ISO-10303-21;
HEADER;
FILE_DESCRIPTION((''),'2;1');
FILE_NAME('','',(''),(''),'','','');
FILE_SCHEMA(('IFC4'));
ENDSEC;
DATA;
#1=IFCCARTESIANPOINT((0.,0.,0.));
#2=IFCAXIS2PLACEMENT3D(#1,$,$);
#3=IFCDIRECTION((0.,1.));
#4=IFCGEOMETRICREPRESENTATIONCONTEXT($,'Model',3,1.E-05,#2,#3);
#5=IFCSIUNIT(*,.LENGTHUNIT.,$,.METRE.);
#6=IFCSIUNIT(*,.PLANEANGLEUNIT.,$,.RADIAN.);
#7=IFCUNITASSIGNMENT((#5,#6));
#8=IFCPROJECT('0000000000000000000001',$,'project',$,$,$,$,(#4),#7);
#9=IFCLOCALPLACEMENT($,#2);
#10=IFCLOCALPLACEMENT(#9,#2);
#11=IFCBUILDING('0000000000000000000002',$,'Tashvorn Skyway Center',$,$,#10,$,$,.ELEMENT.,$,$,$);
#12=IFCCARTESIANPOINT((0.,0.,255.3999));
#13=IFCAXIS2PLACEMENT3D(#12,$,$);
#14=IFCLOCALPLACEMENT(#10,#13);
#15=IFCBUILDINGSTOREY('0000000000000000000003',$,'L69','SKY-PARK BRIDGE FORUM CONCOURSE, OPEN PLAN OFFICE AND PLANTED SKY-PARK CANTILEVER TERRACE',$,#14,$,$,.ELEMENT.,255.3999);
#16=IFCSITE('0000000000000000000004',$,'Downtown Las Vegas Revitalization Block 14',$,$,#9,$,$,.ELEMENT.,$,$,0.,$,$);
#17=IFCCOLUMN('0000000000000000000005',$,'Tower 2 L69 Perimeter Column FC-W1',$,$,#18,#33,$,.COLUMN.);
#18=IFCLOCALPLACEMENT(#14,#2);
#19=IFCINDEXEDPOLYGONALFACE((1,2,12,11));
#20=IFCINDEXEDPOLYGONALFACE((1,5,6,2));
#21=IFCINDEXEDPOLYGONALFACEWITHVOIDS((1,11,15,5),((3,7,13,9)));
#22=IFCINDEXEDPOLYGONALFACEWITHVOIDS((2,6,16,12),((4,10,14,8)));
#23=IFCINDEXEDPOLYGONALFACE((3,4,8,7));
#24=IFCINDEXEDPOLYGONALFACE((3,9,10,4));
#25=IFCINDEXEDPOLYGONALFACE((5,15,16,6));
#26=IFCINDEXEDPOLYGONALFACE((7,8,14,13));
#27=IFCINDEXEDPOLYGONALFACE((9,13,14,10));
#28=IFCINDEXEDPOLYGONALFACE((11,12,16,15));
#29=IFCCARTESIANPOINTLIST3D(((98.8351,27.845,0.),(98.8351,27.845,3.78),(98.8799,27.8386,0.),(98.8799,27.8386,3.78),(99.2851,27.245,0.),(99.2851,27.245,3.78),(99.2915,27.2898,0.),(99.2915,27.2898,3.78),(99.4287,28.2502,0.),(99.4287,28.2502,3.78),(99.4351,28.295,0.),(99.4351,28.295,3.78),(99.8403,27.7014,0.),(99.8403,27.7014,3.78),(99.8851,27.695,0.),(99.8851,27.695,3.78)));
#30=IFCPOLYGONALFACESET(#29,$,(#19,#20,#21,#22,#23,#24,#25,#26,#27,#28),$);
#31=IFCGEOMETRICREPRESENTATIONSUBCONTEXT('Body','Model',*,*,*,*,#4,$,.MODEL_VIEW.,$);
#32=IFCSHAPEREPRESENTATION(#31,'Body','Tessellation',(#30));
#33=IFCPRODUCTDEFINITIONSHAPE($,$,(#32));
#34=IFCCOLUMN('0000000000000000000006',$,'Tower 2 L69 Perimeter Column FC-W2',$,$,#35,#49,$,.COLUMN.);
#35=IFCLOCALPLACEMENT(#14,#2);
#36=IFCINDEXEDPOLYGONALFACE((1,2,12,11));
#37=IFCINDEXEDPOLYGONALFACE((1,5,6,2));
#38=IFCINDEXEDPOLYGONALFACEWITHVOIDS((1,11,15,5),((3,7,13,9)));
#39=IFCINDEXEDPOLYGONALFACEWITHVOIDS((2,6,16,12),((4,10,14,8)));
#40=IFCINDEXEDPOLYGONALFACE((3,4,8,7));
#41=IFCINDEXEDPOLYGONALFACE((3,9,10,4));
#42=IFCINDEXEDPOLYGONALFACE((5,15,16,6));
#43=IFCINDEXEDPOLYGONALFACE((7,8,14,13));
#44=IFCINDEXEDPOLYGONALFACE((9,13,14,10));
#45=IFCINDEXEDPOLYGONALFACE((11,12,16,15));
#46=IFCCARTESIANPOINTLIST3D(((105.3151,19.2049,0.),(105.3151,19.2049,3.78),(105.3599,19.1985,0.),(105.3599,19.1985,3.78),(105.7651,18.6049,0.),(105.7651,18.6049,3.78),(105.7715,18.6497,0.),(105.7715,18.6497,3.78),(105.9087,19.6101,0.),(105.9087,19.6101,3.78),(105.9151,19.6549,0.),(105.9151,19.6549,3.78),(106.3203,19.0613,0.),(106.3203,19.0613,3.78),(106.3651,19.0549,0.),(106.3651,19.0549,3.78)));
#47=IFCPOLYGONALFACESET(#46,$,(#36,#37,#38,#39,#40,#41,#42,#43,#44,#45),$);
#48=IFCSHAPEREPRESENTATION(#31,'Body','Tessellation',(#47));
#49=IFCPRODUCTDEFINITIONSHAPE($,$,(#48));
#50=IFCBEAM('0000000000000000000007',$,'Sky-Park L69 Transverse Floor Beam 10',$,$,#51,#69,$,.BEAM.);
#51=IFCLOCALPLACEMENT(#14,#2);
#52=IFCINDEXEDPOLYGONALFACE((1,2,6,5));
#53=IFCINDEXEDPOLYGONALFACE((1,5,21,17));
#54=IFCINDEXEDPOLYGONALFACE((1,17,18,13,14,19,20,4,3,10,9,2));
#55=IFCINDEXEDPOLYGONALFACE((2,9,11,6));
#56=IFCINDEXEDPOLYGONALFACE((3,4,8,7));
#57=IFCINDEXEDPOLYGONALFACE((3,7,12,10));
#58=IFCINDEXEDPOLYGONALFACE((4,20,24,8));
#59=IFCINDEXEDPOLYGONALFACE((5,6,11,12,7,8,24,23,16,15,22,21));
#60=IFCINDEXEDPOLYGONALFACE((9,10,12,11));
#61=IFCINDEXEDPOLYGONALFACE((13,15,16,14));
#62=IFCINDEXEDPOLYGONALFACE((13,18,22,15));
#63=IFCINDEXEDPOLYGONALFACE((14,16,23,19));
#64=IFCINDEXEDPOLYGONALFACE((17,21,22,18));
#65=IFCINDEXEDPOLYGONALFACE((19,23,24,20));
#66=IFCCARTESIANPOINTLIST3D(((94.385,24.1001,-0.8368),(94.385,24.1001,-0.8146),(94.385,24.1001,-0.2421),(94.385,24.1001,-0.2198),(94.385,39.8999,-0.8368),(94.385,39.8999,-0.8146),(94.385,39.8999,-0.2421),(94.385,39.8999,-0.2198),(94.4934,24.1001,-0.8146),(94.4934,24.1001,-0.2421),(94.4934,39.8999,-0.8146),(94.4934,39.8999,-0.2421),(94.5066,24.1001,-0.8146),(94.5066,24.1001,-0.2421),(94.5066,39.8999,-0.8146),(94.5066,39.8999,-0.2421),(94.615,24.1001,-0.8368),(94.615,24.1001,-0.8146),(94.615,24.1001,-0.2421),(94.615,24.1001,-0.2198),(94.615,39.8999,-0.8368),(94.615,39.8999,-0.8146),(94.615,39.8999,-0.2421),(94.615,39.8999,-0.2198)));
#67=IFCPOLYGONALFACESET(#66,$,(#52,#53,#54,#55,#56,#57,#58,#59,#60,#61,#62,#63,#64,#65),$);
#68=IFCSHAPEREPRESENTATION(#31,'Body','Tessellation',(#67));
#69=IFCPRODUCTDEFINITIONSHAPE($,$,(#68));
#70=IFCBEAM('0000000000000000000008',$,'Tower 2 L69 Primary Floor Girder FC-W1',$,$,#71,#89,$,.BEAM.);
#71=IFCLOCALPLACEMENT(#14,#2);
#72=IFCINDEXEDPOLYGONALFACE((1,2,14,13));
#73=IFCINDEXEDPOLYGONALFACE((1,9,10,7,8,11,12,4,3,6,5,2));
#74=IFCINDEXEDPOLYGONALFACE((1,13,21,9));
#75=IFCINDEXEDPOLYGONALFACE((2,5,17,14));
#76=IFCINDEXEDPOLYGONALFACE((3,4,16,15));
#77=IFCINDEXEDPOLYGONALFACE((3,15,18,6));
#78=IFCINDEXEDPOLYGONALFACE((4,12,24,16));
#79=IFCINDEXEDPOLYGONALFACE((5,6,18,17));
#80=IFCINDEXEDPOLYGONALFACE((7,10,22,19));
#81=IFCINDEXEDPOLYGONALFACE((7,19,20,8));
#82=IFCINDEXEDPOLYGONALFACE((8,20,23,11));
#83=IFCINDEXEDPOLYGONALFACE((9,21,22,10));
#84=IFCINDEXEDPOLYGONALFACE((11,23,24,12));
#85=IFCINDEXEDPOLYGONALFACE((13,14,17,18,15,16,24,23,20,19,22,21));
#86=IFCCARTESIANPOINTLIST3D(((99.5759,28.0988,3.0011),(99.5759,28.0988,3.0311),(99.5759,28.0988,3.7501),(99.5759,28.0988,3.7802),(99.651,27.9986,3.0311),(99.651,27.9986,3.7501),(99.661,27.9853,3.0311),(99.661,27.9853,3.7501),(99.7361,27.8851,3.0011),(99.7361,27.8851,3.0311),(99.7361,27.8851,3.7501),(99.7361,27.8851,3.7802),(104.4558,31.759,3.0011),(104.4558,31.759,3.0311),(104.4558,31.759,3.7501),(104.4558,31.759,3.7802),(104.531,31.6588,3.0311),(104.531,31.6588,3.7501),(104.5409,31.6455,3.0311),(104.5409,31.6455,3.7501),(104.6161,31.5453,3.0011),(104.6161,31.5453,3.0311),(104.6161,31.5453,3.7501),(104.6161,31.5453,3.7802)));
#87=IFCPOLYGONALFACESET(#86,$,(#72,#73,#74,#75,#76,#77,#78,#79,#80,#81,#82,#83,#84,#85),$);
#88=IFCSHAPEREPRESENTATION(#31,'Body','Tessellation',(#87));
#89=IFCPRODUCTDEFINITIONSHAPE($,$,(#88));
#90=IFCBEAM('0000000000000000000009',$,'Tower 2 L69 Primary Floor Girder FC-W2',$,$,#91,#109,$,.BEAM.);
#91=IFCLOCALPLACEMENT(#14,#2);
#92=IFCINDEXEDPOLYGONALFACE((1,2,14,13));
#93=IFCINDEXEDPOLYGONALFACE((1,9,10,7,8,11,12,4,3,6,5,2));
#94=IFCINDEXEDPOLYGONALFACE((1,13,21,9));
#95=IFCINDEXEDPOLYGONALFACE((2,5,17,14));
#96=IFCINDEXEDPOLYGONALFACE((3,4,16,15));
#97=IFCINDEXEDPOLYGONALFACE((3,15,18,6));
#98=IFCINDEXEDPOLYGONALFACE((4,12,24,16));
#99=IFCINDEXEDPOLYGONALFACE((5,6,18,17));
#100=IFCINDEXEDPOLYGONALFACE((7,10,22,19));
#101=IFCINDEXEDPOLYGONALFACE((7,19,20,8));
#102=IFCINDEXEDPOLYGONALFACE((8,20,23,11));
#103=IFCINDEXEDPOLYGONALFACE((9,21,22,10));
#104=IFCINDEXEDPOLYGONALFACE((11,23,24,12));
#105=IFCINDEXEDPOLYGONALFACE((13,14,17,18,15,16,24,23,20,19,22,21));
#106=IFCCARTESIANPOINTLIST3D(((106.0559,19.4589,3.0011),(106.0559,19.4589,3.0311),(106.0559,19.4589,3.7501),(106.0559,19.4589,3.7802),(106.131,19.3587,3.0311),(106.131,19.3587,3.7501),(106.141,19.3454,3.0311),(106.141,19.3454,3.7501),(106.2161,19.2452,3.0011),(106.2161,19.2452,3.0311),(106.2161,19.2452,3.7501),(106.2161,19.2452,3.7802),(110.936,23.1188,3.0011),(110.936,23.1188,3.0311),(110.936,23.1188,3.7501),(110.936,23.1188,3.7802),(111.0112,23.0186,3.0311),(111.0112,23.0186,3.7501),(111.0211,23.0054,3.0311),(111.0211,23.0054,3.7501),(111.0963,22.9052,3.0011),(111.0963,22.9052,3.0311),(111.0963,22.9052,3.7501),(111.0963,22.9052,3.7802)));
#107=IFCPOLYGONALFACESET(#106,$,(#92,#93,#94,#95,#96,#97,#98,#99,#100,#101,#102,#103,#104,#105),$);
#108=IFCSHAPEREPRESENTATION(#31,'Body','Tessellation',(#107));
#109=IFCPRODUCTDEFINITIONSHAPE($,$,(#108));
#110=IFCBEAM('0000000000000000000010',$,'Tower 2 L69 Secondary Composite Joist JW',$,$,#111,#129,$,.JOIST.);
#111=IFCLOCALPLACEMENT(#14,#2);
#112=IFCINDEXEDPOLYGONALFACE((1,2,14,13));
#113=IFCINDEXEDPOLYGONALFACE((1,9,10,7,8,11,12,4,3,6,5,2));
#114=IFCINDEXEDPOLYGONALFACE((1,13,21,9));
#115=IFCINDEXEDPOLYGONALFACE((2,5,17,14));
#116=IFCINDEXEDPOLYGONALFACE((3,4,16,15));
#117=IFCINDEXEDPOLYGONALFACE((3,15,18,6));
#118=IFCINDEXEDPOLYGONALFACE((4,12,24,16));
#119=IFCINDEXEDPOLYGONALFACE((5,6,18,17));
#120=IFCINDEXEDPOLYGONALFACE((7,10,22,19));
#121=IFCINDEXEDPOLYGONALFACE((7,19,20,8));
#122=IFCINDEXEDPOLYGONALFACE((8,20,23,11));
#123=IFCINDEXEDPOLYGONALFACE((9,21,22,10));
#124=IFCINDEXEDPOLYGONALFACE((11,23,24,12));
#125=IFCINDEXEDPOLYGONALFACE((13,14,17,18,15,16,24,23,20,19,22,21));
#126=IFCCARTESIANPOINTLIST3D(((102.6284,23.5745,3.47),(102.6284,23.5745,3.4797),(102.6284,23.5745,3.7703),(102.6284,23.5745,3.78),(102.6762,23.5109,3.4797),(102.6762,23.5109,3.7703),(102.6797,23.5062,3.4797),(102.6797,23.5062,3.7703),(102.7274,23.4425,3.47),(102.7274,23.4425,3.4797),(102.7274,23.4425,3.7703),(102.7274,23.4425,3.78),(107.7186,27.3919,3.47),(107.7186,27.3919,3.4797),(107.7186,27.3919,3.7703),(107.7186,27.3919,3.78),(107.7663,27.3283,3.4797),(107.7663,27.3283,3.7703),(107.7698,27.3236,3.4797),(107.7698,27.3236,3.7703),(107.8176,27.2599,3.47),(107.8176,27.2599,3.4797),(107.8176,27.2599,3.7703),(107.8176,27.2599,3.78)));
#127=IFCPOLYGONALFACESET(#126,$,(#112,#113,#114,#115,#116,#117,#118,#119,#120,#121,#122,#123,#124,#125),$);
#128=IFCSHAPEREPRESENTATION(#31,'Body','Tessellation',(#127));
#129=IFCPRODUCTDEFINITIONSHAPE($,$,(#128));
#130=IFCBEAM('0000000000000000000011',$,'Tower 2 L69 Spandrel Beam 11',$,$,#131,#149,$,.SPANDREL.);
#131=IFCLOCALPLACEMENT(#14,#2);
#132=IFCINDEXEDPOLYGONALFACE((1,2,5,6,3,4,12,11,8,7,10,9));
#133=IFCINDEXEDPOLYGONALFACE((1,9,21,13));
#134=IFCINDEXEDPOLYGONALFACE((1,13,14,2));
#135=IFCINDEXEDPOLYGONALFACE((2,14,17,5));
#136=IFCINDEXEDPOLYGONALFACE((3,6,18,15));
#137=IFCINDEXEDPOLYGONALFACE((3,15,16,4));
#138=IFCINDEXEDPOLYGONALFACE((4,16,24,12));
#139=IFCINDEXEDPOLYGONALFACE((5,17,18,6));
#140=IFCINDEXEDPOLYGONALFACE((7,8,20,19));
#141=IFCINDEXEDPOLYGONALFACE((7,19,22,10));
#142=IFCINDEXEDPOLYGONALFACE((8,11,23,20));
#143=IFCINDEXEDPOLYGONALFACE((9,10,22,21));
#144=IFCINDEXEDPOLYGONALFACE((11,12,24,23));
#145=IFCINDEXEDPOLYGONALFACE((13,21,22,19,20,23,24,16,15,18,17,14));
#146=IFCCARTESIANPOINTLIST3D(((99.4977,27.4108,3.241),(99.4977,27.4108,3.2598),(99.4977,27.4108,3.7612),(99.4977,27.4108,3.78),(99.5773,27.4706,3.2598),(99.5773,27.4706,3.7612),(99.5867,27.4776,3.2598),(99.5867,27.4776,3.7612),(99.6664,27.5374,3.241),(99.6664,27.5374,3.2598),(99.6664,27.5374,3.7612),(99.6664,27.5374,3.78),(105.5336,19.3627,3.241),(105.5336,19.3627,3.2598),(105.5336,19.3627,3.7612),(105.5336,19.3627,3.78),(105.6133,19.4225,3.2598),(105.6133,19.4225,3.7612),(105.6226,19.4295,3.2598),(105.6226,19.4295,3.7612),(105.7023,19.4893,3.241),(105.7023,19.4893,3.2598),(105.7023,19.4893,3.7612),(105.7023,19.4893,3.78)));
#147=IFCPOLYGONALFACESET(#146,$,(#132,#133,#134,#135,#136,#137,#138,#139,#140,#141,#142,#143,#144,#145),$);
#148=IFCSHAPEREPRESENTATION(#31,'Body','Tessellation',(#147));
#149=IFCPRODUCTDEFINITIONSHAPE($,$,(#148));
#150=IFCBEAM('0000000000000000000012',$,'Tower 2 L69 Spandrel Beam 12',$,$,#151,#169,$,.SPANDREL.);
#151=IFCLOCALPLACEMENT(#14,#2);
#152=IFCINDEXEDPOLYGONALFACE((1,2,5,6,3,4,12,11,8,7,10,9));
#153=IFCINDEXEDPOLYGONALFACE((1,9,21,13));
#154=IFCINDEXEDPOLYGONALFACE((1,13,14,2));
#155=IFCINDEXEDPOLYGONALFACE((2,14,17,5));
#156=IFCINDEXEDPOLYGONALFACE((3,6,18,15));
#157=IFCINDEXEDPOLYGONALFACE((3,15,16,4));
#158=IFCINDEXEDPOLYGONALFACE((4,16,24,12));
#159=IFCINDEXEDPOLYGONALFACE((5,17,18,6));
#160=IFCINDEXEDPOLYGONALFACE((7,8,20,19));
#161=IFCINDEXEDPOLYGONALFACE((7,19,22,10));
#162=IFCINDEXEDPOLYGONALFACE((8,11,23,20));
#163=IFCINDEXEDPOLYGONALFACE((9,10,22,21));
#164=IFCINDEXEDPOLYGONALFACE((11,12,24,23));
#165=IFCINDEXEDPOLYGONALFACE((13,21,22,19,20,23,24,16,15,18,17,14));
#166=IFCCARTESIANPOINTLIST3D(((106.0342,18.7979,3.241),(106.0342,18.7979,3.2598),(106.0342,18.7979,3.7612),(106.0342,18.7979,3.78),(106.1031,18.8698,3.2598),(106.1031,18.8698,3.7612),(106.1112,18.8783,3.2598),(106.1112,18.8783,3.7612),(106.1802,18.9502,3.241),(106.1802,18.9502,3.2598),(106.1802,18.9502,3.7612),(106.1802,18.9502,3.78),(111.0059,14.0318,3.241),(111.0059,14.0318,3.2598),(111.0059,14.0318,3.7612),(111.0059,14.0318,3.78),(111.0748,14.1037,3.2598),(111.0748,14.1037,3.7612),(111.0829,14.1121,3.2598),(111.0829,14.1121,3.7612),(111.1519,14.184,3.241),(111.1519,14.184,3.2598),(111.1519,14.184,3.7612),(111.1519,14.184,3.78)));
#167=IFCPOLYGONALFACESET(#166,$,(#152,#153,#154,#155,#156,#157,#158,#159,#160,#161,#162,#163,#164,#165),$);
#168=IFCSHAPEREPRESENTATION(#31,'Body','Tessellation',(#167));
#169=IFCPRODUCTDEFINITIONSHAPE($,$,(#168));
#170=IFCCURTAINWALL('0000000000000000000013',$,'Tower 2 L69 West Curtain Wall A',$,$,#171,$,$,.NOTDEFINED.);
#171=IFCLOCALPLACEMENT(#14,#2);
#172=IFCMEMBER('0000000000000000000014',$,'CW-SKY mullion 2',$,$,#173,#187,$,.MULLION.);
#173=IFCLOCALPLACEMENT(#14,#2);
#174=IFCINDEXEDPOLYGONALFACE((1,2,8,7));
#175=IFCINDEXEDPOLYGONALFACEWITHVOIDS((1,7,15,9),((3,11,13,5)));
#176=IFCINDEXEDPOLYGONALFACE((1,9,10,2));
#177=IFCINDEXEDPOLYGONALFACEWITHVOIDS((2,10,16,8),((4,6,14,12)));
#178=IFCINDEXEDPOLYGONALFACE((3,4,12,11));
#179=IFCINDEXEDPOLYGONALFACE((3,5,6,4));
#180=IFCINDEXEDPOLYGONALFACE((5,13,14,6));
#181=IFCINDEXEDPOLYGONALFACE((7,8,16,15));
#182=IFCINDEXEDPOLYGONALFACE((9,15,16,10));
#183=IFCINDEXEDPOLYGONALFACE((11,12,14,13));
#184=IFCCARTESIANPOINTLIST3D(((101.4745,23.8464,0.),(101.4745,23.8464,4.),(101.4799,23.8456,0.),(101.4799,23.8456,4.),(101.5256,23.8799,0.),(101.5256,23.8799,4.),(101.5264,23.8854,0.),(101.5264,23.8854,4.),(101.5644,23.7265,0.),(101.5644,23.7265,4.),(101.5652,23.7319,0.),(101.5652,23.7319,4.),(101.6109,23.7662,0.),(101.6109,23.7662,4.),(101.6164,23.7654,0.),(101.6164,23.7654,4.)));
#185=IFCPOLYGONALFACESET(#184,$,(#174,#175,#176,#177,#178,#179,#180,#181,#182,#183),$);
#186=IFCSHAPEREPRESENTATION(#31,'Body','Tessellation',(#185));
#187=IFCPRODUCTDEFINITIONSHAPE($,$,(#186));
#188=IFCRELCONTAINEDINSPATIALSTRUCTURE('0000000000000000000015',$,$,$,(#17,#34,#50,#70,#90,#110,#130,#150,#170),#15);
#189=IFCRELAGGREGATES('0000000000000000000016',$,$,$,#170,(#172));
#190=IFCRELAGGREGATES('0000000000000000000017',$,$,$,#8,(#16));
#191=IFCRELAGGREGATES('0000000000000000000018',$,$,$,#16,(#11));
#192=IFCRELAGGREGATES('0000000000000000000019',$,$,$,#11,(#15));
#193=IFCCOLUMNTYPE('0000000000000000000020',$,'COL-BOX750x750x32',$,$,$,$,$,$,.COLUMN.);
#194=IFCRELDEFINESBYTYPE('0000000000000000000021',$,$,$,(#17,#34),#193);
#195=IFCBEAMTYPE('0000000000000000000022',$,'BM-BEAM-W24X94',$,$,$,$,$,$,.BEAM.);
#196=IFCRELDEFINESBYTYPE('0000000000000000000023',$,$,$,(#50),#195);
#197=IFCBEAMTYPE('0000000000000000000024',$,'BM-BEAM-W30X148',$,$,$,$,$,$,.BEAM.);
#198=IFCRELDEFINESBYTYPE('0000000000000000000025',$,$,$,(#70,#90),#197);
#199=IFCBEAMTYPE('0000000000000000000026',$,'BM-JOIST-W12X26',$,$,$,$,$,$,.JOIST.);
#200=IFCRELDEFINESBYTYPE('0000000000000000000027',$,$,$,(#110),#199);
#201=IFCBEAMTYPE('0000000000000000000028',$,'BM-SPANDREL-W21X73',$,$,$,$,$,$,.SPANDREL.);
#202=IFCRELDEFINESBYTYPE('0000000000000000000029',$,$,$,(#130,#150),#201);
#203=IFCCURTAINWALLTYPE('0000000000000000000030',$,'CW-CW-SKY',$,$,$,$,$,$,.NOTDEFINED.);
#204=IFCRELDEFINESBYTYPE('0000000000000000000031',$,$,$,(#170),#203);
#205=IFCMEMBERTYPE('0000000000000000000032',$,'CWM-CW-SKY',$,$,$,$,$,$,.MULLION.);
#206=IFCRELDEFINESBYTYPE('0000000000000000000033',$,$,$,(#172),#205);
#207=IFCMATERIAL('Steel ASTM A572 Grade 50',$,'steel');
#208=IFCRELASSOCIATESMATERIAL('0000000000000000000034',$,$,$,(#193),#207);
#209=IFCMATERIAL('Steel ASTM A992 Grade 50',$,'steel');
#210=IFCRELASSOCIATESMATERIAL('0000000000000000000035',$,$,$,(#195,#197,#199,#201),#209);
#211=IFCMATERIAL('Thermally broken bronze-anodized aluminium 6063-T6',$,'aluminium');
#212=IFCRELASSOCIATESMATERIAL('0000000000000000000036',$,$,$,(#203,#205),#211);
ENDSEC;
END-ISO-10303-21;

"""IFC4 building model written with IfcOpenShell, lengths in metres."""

from ifc_helpers import new_model, si_unit, direction, frame, origin, origin_2d, place, context, subcontext, project, spatial, hollow_rectangle, i_section, extrude, material, material_profile, profile_set, type_object, element, aggregate, save


model = new_model("IFC4")

# Units and contexts
model_context = context("Model", 3, precision=1e-05, world=origin(), true_north=direction((0.0, 1.0)))
body_context = subcontext(model_context, "Body", "Model", "MODEL_VIEW")
ifc_project = project(units=[si_unit("LENGTHUNIT", "METRE"), si_unit("PLANEANGLEUNIT", "RADIAN")], contexts=[model_context])

# Site, building, storey
site_placement = place(None, origin())
site = spatial("IfcSite", under=ifc_project, at=site_placement, Name="Downtown Las Vegas Revitalization Block 14", CompositionType="ELEMENT", RefElevation=0.0)
building_placement = place(site_placement, origin())
building = spatial("IfcBuilding", under=site, at=building_placement, Name="Tashvorn Skyway Center", CompositionType="ELEMENT")
storey_placement = place(building_placement, frame((0.0, 0.0, 255.3999)))
storey = spatial("IfcBuildingStorey", under=building, at=storey_placement, Name="L69", Description="SKY-PARK BRIDGE FORUM CONCOURSE, OPEN PLAN OFFICE AND PLANTED SKY-PARK CANTILEVER TERRACE", CompositionType="ELEMENT", Elevation=255.3999)

# Columns
ifc_material_1 = material(Name="Steel ASTM A572 Grade 50", Category="steel")
ifc_material_profile_1 = material_profile(ifc_material_1, hollow_rectangle(XDim=0.75, YDim=0.75, WallThickness=0.032, at=origin_2d()), Name="BOX750x750x32")
ifc_profile_set_1 = profile_set([ifc_material_profile_1], Name="Steel ASTM A572 Grade 50")
column_type = type_object("IfcColumnType", Name="COL-BOX750x750x32", PredefinedType="COLUMN", material=ifc_profile_set_1)
for number, where, z_axis, x_axis, name in (
    (1, (99.3601, 27.77, 0.0), (0.0, 0.0, 1.0), (0.8, 0.6, 0.0), "Tower 2 L69 Perimeter Column FC-W1"),
    (2, (105.8401, 19.1299, 0.0), (0.0, 0.0, 1.0), (0.8, 0.6, 0.0), "Tower 2 L69 Perimeter Column FC-W2"),
):
    element("IfcColumn", number, at=place(storey_placement, frame(where, z_axis=z_axis, x_axis=x_axis)), inside=storey, type_object=column_type, Name=name, PredefinedType="COLUMN", context=body_context, shape_type="SweptSolid", body=[
        extrude(hollow_rectangle(XDim=0.75, YDim=0.75, WallThickness=0.032, at=origin_2d()), origin(), (0.0, 0.0, 1.0), 3.78),
    ])

# Beams
ifc_material_2 = material(Name="Steel ASTM A992 Grade 50", Category="steel")
ifc_material_profile_2 = material_profile(ifc_material_2, i_section(OverallWidth=0.23, OverallDepth=0.6169, WebThickness=0.0132, FlangeThickness=0.0222, at=origin_2d()), Name="W24X94")
ifc_profile_set_2 = profile_set([ifc_material_profile_2], Name="Steel ASTM A992 Grade 50")
beam_type_1 = type_object("IfcBeamType", Name="BM-BEAM-W24X94", PredefinedType="BEAM", material=ifc_profile_set_2)
beam_1_placement = place(storey_placement, frame((94.5, 24.1001, -0.5283), z_axis=(0.0, 1.0, 0.0), x_axis=(-1.0, 0.0, 0.0)))
element("IfcBeam", 3, at=beam_1_placement, inside=storey, type_object=beam_type_1, Name="Sky-Park L69 Transverse Floor Beam 10", PredefinedType="BEAM", context=body_context, shape_type="SweptSolid", body=[
    extrude(i_section(OverallWidth=0.23, OverallDepth=0.6169, WebThickness=0.0132, FlangeThickness=0.0222, at=origin_2d()), origin(), (0.0, 0.0, 1.0), 15.7998),
])
ifc_material_profile_3 = material_profile(ifc_material_2, i_section(OverallWidth=0.2671, OverallDepth=0.7791, WebThickness=0.0166, FlangeThickness=0.03, at=origin_2d()), Name="W30X148")
ifc_profile_set_3 = profile_set([ifc_material_profile_3], Name="Steel ASTM A992 Grade 50")
beam_type_2 = type_object("IfcBeamType", Name="BM-BEAM-W30X148", PredefinedType="BEAM", material=ifc_profile_set_3)
for number, where, z_axis, x_axis, name in (
    (4, (99.656, 27.9919, 3.3906), (0.799981, 0.600026, 0.0), (-0.600026, 0.799981, 0.0), "Tower 2 L69 Primary Floor Girder FC-W1"),
    (5, (106.136, 19.3521, 3.3906), (0.800014, 0.599981, 0.0), (-0.599981, 0.800014, 0.0), "Tower 2 L69 Primary Floor Girder FC-W2"),
):
    element("IfcBeam", number, at=place(storey_placement, frame(where, z_axis=z_axis, x_axis=x_axis)), inside=storey, type_object=beam_type_2, Name=name, PredefinedType="BEAM", context=body_context, shape_type="SweptSolid", body=[
        extrude(i_section(OverallWidth=0.2671, OverallDepth=0.7791, WebThickness=0.0166, FlangeThickness=0.03, at=origin_2d()), origin(), (0.0, 0.0, 1.0), 6.1001),
    ])
ifc_material_profile_4 = material_profile(ifc_material_2, i_section(OverallWidth=0.165, OverallDepth=0.3101, WebThickness=0.0059, FlangeThickness=0.0098, at=origin_2d()), Name="W12X26")
ifc_profile_set_4 = profile_set([ifc_material_profile_4], Name="Steel ASTM A992 Grade 50")
beam_type_3 = type_object("IfcBeamType", Name="BM-JOIST-W12X26", PredefinedType="JOIST", material=ifc_profile_set_4)
beam_2_placement = place(storey_placement, frame((107.7681, 27.3259, 3.625), z_axis=(-0.800014, -0.599982, 0.0), x_axis=(0.599982, -0.800014, 0.0)))
element("IfcBeam", 6, at=beam_2_placement, inside=storey, type_object=beam_type_3, Name="Tower 2 L69 Secondary Composite Joist JW", PredefinedType="JOIST", context=body_context, shape_type="SweptSolid", body=[
    extrude(i_section(OverallWidth=0.165, OverallDepth=0.3101, WebThickness=0.0059, FlangeThickness=0.0098, at=origin_2d()), origin(), (0.0, 0.0, 1.0), 6.3625),
])
ifc_material_profile_5 = material_profile(ifc_material_2, i_section(OverallWidth=0.2109, OverallDepth=0.5391, WebThickness=0.0117, FlangeThickness=0.0188, at=origin_2d()), Name="W21X73")
ifc_profile_set_5 = profile_set([ifc_material_profile_5], Name="Steel ASTM A992 Grade 50")
beam_type_4 = type_object("IfcBeamType", Name="BM-SPANDREL-W21X73", PredefinedType="SPANDREL", material=ifc_profile_set_5)
beam_3_placement = place(storey_placement, frame((99.582, 27.4741, 3.5105), z_axis=(0.599988, -0.800009, 0.0), x_axis=(0.800009, 0.599988, 0.0)))
element("IfcBeam", 7, at=beam_3_placement, inside=storey, type_object=beam_type_4, Name="Tower 2 L69 Spandrel Beam 11", PredefinedType="SPANDREL", context=body_context, shape_type="SweptSolid", body=[
    extrude(i_section(OverallWidth=0.2109, OverallDepth=0.5391, WebThickness=0.0117, FlangeThickness=0.0188, at=origin_2d()), origin(), (0.0, 0.0, 1.0), 10.0601),
])
beam_4_placement = place(storey_placement, frame((106.1072, 18.874, 3.5105), z_axis=(0.721873, -0.692025, 0.0), x_axis=(0.692025, 0.721873, 0.0)))
element("IfcBeam", 8, at=beam_4_placement, inside=storey, type_object=beam_type_4, Name="Tower 2 L69 Spandrel Beam 12", PredefinedType="SPANDREL", context=body_context, shape_type="SweptSolid", body=[
    extrude(i_section(OverallWidth=0.2109, OverallDepth=0.5391, WebThickness=0.0117, FlangeThickness=0.0188, at=origin_2d()), origin(), (0.0, 0.0, 1.0), 6.8872),
])

# Curtain wall, member
ifc_material_3 = material(Name="Thermally broken bronze-anodized aluminium 6063-T6", Category="aluminium")
curtain_wall_type = type_object("IfcCurtainWallType", Name="CW-CW-SKY", PredefinedType="NOTDEFINED", material=ifc_material_3)
curtain_wall_1_placement = place(storey_placement, origin())
curtain_wall_1 = element("IfcCurtainWall", 9, at=curtain_wall_1_placement, inside=storey, type_object=curtain_wall_type, Name="Tower 2 L69 West Curtain Wall A", PredefinedType="NOTDEFINED")
ifc_material_profile_6 = material_profile(ifc_material_3, hollow_rectangle(XDim=0.0649, YDim=0.1499, WallThickness=0.0039, at=origin_2d()), Name="ALU-MULL-65x150")
ifc_profile_set_6 = profile_set([ifc_material_profile_6], Name="Thermally broken bronze-anodized aluminium 6063-T6")
member_type_1 = type_object("IfcMemberType", Name="CWM-CW-SKY", PredefinedType="MULLION", material=ifc_profile_set_6)
member_1_placement = place(storey_placement, frame((101.5454, 23.8059, 0.0), z_axis=(0.0, 0.0, 1.0), x_axis=(-0.8, -0.6, 0.0)))
member_1 = element("IfcMember", 10, at=member_1_placement, type_object=member_type_1, Name="CW-SKY mullion 2", PredefinedType="MULLION", context=body_context, shape_type="SweptSolid", body=[
    extrude(hollow_rectangle(XDim=0.0649, YDim=0.1499, WallThickness=0.0039, at=origin_2d()), origin(), (0.0, 0.0, 1.0), 4.0),
])

aggregate(curtain_wall_1, [member_1])

save(model, "model.ifc")
